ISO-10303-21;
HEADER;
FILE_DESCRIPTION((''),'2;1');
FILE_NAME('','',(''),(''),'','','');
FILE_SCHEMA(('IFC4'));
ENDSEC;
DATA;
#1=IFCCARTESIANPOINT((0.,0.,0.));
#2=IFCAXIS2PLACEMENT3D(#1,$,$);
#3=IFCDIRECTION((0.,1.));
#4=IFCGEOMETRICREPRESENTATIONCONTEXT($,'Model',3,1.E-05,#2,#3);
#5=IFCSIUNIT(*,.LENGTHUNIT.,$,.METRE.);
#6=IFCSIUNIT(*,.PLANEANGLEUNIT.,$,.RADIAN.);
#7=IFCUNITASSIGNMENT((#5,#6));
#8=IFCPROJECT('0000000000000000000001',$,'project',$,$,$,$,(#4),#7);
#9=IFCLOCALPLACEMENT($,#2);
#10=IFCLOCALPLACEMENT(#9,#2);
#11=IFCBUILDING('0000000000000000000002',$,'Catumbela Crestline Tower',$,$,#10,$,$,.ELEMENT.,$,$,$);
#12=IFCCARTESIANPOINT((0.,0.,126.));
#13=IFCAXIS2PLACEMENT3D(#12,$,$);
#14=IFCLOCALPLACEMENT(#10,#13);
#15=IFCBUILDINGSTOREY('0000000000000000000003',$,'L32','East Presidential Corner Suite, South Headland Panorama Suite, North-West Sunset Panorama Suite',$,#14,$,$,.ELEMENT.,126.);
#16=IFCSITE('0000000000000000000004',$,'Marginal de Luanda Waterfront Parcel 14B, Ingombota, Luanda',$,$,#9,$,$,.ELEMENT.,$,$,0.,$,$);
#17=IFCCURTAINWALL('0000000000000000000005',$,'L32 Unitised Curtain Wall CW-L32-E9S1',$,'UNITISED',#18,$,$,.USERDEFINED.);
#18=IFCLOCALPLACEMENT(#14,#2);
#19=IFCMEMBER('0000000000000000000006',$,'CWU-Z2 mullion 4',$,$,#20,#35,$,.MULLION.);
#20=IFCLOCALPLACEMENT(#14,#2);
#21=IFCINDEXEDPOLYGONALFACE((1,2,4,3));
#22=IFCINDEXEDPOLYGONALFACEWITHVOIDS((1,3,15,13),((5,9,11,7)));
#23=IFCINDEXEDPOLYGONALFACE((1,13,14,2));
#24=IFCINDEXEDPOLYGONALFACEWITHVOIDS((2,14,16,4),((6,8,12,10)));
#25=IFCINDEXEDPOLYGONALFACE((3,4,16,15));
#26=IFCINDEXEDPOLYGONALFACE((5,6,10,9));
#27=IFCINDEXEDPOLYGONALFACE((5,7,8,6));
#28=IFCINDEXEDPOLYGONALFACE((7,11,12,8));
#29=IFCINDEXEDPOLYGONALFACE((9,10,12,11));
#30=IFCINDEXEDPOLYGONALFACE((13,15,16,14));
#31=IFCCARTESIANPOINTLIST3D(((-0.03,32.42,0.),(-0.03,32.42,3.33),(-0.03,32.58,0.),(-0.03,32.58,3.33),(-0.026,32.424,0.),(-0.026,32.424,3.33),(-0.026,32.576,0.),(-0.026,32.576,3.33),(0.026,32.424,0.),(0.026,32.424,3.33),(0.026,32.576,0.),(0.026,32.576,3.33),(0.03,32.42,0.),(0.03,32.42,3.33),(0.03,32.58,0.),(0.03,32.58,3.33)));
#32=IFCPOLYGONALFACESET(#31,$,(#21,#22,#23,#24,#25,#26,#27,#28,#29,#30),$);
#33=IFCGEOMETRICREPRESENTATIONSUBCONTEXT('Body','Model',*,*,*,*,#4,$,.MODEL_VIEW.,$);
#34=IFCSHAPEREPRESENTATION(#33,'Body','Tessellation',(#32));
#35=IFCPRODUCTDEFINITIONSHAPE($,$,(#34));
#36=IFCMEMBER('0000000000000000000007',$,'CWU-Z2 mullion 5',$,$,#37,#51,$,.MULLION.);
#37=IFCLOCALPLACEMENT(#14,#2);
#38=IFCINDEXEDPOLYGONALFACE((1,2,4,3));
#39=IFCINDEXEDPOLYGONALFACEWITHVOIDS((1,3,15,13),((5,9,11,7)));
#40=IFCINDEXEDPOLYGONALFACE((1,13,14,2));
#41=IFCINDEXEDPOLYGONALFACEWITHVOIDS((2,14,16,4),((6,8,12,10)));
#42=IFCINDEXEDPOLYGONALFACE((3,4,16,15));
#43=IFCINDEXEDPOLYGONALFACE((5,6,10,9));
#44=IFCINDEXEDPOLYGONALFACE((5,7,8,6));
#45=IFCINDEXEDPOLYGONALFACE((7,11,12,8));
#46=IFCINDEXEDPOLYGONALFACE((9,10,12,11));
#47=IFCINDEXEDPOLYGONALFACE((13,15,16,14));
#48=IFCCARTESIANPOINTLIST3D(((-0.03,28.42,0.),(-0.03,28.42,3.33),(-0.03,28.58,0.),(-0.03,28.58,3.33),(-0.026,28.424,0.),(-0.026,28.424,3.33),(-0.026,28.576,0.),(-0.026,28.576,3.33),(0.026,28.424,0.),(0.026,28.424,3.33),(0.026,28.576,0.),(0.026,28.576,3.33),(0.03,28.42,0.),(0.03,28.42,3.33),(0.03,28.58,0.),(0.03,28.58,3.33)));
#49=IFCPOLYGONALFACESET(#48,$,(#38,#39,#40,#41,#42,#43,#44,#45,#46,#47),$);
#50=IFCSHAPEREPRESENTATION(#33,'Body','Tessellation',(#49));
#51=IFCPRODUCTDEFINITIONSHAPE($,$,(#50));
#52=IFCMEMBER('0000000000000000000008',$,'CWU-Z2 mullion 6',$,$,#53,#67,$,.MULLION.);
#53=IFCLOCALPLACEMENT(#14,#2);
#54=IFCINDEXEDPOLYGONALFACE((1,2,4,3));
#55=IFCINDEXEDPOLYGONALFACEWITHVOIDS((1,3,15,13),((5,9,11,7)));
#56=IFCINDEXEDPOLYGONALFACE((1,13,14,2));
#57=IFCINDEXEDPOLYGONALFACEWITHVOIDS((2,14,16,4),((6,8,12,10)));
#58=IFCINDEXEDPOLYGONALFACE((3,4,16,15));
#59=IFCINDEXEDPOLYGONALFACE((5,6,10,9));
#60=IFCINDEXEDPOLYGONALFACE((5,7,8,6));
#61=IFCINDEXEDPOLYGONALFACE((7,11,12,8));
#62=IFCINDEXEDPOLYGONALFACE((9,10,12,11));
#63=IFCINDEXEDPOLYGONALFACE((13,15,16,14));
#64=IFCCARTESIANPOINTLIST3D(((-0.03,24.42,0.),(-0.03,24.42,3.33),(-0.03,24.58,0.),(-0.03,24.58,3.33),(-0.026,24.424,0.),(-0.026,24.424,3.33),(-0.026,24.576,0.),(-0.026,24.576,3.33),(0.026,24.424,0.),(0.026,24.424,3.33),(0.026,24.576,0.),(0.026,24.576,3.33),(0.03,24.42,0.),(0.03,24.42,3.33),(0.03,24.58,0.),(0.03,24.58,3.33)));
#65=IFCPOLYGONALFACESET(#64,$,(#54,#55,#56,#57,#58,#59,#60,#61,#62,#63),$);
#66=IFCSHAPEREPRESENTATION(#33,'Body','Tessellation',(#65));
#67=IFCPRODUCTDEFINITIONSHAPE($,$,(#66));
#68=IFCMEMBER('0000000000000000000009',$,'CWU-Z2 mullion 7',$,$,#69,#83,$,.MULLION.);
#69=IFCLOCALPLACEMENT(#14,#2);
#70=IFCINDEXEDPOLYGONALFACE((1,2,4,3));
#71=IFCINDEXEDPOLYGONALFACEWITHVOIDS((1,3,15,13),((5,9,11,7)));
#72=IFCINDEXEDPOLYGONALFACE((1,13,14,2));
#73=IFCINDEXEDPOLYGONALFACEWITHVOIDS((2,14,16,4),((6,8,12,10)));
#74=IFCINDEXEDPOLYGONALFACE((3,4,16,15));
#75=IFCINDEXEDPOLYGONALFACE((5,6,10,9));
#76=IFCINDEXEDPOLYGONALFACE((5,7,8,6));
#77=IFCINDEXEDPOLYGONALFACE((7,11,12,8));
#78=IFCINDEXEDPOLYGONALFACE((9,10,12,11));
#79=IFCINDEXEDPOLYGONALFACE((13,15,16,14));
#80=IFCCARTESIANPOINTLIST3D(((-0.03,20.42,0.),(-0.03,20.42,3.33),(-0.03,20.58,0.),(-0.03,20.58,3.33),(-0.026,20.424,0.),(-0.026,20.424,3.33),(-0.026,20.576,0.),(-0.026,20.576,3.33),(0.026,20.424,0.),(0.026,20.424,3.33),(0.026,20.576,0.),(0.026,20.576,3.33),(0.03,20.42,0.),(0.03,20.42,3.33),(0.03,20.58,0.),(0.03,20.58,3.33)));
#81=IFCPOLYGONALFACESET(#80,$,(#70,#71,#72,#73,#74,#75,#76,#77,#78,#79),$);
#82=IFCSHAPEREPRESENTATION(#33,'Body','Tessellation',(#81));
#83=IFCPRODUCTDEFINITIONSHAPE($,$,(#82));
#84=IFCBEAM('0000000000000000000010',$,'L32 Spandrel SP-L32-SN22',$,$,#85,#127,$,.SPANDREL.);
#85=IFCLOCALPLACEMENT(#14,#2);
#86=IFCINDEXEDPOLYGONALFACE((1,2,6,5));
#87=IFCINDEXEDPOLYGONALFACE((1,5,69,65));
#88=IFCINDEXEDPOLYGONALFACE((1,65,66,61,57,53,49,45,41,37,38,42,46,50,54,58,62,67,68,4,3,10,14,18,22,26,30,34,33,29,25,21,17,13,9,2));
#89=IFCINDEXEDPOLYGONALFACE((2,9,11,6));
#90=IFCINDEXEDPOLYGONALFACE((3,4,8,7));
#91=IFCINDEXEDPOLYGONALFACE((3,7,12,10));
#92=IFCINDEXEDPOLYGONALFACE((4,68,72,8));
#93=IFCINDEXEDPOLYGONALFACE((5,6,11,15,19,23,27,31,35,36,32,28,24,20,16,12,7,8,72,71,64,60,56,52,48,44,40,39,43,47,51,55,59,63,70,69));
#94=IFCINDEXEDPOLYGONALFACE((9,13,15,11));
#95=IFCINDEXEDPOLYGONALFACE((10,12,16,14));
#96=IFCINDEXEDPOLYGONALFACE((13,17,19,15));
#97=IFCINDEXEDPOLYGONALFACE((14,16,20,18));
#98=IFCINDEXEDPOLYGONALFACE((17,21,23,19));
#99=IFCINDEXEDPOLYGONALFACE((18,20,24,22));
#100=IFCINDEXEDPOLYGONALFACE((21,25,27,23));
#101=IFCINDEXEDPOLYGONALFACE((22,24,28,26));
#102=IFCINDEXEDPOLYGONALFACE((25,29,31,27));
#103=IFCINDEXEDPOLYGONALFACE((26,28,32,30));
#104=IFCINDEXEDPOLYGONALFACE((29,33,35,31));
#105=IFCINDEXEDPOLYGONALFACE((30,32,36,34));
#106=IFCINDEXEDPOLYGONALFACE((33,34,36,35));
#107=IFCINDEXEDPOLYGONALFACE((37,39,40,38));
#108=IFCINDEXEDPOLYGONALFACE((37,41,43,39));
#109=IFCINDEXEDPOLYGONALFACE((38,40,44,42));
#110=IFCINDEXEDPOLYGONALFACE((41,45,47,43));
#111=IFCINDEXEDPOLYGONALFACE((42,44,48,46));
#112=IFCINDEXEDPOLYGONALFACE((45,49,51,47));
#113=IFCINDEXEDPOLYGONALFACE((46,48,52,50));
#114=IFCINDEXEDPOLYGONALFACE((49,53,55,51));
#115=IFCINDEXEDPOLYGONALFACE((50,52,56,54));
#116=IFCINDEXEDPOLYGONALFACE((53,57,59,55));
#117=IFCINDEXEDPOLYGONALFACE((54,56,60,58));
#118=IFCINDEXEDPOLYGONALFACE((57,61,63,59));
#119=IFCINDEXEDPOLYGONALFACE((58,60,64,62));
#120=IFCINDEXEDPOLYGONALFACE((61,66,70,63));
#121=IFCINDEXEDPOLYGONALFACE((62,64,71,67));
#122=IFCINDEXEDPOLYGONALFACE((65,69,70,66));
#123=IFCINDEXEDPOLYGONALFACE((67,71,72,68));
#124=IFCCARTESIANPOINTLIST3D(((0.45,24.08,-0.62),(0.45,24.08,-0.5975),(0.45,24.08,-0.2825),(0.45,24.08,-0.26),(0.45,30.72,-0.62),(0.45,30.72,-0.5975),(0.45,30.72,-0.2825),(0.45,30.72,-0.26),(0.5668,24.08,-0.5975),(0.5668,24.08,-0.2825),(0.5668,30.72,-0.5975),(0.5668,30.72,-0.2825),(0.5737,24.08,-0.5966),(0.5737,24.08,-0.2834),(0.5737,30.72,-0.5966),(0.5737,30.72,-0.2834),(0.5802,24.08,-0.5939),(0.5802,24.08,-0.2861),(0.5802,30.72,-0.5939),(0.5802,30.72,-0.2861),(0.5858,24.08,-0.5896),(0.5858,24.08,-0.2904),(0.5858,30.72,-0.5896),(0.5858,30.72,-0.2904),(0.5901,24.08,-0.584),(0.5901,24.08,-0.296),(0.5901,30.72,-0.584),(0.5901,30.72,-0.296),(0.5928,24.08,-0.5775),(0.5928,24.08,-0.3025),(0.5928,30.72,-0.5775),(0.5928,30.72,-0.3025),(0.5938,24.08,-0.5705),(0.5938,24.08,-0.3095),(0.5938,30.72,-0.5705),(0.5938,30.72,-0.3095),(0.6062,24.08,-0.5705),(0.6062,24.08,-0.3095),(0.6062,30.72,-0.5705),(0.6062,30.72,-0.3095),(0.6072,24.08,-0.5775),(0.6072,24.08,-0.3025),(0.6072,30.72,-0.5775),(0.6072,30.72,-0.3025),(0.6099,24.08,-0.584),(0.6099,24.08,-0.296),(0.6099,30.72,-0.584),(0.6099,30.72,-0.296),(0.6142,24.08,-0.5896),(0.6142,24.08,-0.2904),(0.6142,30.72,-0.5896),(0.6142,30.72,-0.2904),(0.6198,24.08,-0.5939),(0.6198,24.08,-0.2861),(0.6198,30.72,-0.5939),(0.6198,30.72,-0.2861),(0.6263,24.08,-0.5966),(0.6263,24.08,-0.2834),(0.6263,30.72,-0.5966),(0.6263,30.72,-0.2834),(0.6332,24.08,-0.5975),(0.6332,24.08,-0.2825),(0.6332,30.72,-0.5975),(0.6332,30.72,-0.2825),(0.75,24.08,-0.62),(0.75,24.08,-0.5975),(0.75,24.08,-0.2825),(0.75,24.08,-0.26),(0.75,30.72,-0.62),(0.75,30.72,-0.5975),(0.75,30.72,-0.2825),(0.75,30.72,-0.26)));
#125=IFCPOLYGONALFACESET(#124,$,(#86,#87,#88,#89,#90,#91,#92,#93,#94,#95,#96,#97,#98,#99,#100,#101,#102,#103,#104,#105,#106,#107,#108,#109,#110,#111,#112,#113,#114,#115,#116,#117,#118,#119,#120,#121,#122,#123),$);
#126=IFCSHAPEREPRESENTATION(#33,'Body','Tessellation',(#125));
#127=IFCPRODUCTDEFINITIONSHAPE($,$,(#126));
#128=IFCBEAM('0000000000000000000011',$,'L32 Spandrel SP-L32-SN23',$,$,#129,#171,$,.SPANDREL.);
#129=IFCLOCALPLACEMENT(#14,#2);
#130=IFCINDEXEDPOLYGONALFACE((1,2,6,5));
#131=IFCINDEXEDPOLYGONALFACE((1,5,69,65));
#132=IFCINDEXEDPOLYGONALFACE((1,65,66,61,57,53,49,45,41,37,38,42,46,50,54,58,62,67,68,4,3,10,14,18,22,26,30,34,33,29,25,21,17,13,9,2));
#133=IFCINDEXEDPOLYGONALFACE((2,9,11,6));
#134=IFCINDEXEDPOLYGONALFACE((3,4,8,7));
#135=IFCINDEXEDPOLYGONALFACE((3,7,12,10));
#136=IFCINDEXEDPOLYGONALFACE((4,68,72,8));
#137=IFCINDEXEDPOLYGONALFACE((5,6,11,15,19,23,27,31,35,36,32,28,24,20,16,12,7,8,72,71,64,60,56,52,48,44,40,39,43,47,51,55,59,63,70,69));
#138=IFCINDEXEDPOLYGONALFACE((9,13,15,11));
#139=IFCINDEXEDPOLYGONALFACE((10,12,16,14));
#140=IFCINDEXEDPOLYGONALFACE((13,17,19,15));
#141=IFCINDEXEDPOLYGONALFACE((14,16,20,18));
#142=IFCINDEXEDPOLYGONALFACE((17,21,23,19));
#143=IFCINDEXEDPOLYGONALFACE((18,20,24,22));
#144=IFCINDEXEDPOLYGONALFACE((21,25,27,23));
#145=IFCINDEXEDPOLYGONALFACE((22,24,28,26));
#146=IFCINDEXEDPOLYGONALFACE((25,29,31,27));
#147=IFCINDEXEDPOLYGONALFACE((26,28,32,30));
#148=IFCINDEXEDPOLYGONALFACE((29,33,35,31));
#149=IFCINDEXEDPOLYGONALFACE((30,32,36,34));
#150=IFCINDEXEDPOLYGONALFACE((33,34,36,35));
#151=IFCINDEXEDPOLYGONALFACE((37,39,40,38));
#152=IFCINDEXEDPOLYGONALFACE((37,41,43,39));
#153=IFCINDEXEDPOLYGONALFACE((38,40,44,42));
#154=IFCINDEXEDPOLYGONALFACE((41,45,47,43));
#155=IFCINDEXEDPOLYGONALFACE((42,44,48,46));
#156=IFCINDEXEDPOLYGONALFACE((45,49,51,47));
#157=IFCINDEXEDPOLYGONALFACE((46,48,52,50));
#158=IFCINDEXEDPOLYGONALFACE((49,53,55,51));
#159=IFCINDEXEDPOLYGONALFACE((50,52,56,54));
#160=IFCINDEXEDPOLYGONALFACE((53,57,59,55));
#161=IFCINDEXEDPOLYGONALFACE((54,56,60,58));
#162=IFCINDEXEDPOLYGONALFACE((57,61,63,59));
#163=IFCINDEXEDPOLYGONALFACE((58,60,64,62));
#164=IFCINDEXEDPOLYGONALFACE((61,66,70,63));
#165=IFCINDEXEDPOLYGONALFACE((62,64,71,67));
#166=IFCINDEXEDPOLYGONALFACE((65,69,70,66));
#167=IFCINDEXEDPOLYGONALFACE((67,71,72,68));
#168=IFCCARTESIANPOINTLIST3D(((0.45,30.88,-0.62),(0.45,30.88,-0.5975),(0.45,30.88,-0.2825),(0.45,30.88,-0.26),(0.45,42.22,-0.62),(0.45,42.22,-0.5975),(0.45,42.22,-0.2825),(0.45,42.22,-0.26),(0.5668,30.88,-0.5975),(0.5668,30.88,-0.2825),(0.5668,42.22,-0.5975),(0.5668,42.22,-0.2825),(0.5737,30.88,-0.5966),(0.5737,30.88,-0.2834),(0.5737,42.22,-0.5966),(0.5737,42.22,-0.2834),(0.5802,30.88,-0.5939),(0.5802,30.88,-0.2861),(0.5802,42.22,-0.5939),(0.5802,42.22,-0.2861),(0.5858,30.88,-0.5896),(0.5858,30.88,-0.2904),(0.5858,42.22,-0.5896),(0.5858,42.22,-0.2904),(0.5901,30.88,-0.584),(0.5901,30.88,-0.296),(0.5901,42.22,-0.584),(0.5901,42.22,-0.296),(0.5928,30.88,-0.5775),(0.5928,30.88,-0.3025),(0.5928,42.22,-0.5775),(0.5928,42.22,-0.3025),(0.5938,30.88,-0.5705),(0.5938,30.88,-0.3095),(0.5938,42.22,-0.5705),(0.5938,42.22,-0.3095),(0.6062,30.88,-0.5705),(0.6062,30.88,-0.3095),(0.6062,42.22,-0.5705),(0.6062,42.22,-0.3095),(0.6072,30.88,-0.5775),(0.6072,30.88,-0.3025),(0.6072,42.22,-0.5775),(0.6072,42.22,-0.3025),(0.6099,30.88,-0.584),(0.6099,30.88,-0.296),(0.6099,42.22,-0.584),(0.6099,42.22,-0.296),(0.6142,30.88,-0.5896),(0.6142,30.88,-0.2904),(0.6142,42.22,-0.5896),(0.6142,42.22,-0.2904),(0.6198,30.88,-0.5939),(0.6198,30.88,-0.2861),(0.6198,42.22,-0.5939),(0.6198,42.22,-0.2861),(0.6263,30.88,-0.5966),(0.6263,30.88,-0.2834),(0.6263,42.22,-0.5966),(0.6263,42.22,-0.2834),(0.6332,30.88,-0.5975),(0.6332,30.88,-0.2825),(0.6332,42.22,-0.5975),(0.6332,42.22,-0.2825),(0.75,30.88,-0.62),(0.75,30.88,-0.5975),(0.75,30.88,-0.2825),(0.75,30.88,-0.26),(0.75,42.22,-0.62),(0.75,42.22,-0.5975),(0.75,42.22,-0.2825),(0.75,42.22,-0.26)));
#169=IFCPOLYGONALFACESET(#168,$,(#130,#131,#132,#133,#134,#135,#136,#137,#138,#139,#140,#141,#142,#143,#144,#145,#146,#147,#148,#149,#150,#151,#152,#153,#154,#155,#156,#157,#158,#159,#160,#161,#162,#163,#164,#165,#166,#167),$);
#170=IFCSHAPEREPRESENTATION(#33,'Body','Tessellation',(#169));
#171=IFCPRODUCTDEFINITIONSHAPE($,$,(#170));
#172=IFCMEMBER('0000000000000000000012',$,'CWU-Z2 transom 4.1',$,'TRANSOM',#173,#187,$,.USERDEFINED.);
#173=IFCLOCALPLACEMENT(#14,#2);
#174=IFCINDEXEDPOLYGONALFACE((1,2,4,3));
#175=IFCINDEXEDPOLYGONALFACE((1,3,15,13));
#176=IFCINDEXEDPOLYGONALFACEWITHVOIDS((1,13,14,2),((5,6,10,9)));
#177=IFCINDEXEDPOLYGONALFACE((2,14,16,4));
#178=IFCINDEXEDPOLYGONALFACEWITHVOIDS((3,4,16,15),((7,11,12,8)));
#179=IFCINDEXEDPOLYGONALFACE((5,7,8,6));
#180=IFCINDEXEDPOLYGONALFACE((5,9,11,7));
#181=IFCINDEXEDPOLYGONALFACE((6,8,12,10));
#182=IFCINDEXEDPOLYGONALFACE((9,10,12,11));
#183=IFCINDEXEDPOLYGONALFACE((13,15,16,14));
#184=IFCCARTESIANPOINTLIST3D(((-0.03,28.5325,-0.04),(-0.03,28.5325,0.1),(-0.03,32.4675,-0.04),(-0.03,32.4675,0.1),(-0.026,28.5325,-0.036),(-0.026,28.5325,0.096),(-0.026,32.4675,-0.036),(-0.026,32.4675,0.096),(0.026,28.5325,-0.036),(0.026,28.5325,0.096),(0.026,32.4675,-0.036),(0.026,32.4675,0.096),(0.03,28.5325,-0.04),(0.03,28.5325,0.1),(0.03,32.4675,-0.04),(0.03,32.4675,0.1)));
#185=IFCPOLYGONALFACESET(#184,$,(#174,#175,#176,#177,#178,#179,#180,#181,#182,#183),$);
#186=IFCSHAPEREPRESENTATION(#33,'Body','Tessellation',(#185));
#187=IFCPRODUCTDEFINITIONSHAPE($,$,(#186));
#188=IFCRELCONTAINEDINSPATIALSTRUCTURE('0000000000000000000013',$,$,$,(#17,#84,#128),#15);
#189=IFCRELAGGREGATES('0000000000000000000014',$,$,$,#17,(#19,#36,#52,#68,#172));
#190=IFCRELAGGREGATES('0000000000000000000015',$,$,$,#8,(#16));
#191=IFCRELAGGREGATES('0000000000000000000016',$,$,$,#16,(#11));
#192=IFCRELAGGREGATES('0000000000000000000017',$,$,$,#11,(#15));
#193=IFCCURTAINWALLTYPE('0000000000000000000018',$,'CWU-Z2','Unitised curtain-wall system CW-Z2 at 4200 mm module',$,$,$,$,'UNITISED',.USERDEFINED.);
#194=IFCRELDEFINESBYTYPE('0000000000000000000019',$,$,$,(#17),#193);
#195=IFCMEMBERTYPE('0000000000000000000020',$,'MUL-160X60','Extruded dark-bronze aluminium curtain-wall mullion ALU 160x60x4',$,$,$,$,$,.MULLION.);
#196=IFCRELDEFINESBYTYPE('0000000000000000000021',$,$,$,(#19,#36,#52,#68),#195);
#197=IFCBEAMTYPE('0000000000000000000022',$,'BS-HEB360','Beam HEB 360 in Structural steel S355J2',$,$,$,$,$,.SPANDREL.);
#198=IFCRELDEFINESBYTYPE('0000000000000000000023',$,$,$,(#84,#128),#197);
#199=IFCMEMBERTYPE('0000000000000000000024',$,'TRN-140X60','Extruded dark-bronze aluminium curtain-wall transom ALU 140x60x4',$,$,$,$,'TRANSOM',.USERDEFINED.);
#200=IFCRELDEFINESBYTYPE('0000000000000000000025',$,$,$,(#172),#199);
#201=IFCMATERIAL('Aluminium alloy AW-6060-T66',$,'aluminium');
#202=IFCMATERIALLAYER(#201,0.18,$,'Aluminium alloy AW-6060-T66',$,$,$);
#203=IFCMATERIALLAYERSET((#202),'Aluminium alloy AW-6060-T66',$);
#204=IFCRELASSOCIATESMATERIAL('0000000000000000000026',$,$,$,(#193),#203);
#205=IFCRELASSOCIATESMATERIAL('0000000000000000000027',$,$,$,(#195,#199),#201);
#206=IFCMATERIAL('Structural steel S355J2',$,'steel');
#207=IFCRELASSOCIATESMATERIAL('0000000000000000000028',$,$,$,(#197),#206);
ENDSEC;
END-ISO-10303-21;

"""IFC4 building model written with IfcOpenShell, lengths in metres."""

from ifc_helpers import new_model, si_unit, direction, frame, origin, origin_2d, place, context, subcontext, project, spatial, hollow_rectangle, i_section, extrude, material, layer, layer_set, material_profile, profile_set, type_object, element, aggregate, save


model = new_model("IFC4")

# Units and contexts
model_context = context("Model", 3, precision=1e-05, world=origin(), true_north=direction((0.0, 1.0)))
body_context = subcontext(model_context, "Body", "Model", "MODEL_VIEW")
ifc_project = project(units=[si_unit("LENGTHUNIT", "METRE"), si_unit("PLANEANGLEUNIT", "RADIAN")], contexts=[model_context])

# Site, building, storey
site_placement = place(None, origin())
site = spatial("IfcSite", under=ifc_project, at=site_placement, Name="Marginal de Luanda Waterfront Parcel 14B, Ingombota, Luanda", CompositionType="ELEMENT", RefElevation=0.0)
building_placement = place(site_placement, origin())
building = spatial("IfcBuilding", under=site, at=building_placement, Name="Catumbela Crestline Tower", CompositionType="ELEMENT")
storey_placement = place(building_placement, frame((0.0, 0.0, 126.0)))
storey = spatial("IfcBuildingStorey", under=building, at=storey_placement, Name="L32", Description="East Presidential Corner Suite, South Headland Panorama Suite, North-West Sunset Panorama Suite", CompositionType="ELEMENT", Elevation=126.0)

# Shared definitions
ifc_material_1 = material(Name="Structural steel S355J2", Category="steel")

# Curtain wall, members
ifc_material_2 = material(Name="Aluminium alloy AW-6060-T66", Category="aluminium")
ifc_layer_1 = layer(ifc_material_2, 0.18, Name="Aluminium alloy AW-6060-T66")
ifc_layer_set_1 = layer_set([ifc_layer_1], Name="Aluminium alloy AW-6060-T66")
curtain_wall_type = type_object("IfcCurtainWallType", Name="CWU-Z2", Description="Unitised curtain-wall system CW-Z2 at 4200 mm module", ElementType="UNITISED", PredefinedType="USERDEFINED", material=ifc_layer_set_1)
curtain_wall_placement = place(storey_placement, origin())
curtain_wall = element("IfcCurtainWall", 1, at=curtain_wall_placement, inside=storey, type_object=curtain_wall_type, Name="L32 Unitised Curtain Wall CW-L32-E9S1", ObjectType="UNITISED", PredefinedType="USERDEFINED")
ifc_material_profile_1 = material_profile(ifc_material_2, hollow_rectangle(XDim=0.06, YDim=0.16, WallThickness=0.004, at=origin_2d()), Name="ALU 160x60x4")
ifc_profile_set_1 = profile_set([ifc_material_profile_1], Name="Aluminium alloy AW-6060-T66")
member_type_1 = type_object("IfcMemberType", Name="MUL-160X60", Description="Extruded dark-bronze aluminium curtain-wall mullion ALU 160x60x4", PredefinedType="MULLION", material=ifc_profile_set_1)
member_1_placement = place(storey_placement, frame((0.0, 32.5, 0.0), z_axis=(0.0, 0.0, 1.0), x_axis=(1.0, 0.0, 0.0)))
member_1 = element("IfcMember", 2, at=member_1_placement, type_object=member_type_1, Name="CWU-Z2 mullion 4", PredefinedType="MULLION", context=body_context, shape_type="SweptSolid", body=[
    extrude(hollow_rectangle(XDim=0.06, YDim=0.16, WallThickness=0.004, at=origin_2d()), origin(), (0.0, 0.0, 1.0), 3.33),
])
member_2_placement = place(storey_placement, frame((0.0, 28.5, 0.0), z_axis=(0.0, 0.0, 1.0), x_axis=(1.0, 0.0, 0.0)))
member_2 = element("IfcMember", 3, at=member_2_placement, type_object=member_type_1, Name="CWU-Z2 mullion 5", PredefinedType="MULLION", context=body_context, shape_type="SweptSolid", body=[
    extrude(hollow_rectangle(XDim=0.06, YDim=0.16, WallThickness=0.004, at=origin_2d()), origin(), (0.0, 0.0, 1.0), 3.33),
])
member_3_placement = place(storey_placement, frame((0.0, 24.5, 0.0), z_axis=(0.0, 0.0, 1.0), x_axis=(1.0, 0.0, 0.0)))
member_3 = element("IfcMember", 4, at=member_3_placement, type_object=member_type_1, Name="CWU-Z2 mullion 6", PredefinedType="MULLION", context=body_context, shape_type="SweptSolid", body=[
    extrude(hollow_rectangle(XDim=0.06, YDim=0.16, WallThickness=0.004, at=origin_2d()), origin(), (0.0, 0.0, 1.0), 3.33),
])
member_4_placement = place(storey_placement, frame((0.0, 20.5, 0.0), z_axis=(0.0, 0.0, 1.0), x_axis=(1.0, 0.0, 0.0)))
member_4 = element("IfcMember", 5, at=member_4_placement, type_object=member_type_1, Name="CWU-Z2 mullion 7", PredefinedType="MULLION", context=body_context, shape_type="SweptSolid", body=[
    extrude(hollow_rectangle(XDim=0.06, YDim=0.16, WallThickness=0.004, at=origin_2d()), origin(), (0.0, 0.0, 1.0), 3.33),
])

# Beams
ifc_material_profile_2 = material_profile(ifc_material_1, i_section(OverallWidth=0.3, OverallDepth=0.36, WebThickness=0.0125, FlangeThickness=0.0225, FilletRadius=0.027, at=origin_2d()), Name="HEB 360")
ifc_profile_set_2 = profile_set([ifc_material_profile_2], Name="Structural steel S355J2")
beam_type_1 = type_object("IfcBeamType", Name="BS-HEB360", Description="Beam HEB 360 in Structural steel S355J2", PredefinedType="SPANDREL", material=ifc_profile_set_2)
beam_1_placement = place(storey_placement, frame((0.6, 24.08, -0.44), z_axis=(0.0, 1.0, 0.0), x_axis=(-1.0, 0.0, 0.0)))
element("IfcBeam", 6, at=beam_1_placement, inside=storey, type_object=beam_type_1, Name="L32 Spandrel SP-L32-SN22", PredefinedType="SPANDREL", context=body_context, shape_type="SweptSolid", body=[
    extrude(i_section(OverallWidth=0.3, OverallDepth=0.36, WebThickness=0.0125, FlangeThickness=0.0225, FilletRadius=0.027, at=origin_2d()), origin(), (0.0, 0.0, 1.0), 6.64),
])
beam_2_placement = place(storey_placement, frame((0.6, 30.88, -0.44), z_axis=(0.0, 1.0, 0.0), x_axis=(-1.0, 0.0, 0.0)))
element("IfcBeam", 7, at=beam_2_placement, inside=storey, type_object=beam_type_1, Name="L32 Spandrel SP-L32-SN23", PredefinedType="SPANDREL", context=body_context, shape_type="SweptSolid", body=[
    extrude(i_section(OverallWidth=0.3, OverallDepth=0.36, WebThickness=0.0125, FlangeThickness=0.0225, FilletRadius=0.027, at=origin_2d()), origin(), (0.0, 0.0, 1.0), 11.34),
])

# Member
ifc_material_profile_3 = material_profile(ifc_material_2, hollow_rectangle(XDim=0.06, YDim=0.14, WallThickness=0.004, at=origin_2d()), Name="ALU 140x60x4")
ifc_profile_set_3 = profile_set([ifc_material_profile_3], Name="Aluminium alloy AW-6060-T66")
member_type_2 = type_object("IfcMemberType", Name="TRN-140X60", Description="Extruded dark-bronze aluminium curtain-wall transom ALU 140x60x4", ElementType="TRANSOM", PredefinedType="USERDEFINED", material=ifc_profile_set_3)
member_5_placement = place(storey_placement, frame((0.0, 32.4675, 0.03), z_axis=(0.0, -1.0, 0.0), x_axis=(1.0, 0.0, 0.0)))
member_5 = element("IfcMember", 8, at=member_5_placement, type_object=member_type_2, Name="CWU-Z2 transom 4.1", ObjectType="TRANSOM", PredefinedType="USERDEFINED", context=body_context, shape_type="SweptSolid", body=[
    extrude(hollow_rectangle(XDim=0.06, YDim=0.14, WallThickness=0.004, at=origin_2d()), origin(), (0.0, 0.0, 1.0), 3.935),
])

aggregate(curtain_wall, [member_1, member_2, member_3, member_4, member_5])

save(model, "model.ifc")
